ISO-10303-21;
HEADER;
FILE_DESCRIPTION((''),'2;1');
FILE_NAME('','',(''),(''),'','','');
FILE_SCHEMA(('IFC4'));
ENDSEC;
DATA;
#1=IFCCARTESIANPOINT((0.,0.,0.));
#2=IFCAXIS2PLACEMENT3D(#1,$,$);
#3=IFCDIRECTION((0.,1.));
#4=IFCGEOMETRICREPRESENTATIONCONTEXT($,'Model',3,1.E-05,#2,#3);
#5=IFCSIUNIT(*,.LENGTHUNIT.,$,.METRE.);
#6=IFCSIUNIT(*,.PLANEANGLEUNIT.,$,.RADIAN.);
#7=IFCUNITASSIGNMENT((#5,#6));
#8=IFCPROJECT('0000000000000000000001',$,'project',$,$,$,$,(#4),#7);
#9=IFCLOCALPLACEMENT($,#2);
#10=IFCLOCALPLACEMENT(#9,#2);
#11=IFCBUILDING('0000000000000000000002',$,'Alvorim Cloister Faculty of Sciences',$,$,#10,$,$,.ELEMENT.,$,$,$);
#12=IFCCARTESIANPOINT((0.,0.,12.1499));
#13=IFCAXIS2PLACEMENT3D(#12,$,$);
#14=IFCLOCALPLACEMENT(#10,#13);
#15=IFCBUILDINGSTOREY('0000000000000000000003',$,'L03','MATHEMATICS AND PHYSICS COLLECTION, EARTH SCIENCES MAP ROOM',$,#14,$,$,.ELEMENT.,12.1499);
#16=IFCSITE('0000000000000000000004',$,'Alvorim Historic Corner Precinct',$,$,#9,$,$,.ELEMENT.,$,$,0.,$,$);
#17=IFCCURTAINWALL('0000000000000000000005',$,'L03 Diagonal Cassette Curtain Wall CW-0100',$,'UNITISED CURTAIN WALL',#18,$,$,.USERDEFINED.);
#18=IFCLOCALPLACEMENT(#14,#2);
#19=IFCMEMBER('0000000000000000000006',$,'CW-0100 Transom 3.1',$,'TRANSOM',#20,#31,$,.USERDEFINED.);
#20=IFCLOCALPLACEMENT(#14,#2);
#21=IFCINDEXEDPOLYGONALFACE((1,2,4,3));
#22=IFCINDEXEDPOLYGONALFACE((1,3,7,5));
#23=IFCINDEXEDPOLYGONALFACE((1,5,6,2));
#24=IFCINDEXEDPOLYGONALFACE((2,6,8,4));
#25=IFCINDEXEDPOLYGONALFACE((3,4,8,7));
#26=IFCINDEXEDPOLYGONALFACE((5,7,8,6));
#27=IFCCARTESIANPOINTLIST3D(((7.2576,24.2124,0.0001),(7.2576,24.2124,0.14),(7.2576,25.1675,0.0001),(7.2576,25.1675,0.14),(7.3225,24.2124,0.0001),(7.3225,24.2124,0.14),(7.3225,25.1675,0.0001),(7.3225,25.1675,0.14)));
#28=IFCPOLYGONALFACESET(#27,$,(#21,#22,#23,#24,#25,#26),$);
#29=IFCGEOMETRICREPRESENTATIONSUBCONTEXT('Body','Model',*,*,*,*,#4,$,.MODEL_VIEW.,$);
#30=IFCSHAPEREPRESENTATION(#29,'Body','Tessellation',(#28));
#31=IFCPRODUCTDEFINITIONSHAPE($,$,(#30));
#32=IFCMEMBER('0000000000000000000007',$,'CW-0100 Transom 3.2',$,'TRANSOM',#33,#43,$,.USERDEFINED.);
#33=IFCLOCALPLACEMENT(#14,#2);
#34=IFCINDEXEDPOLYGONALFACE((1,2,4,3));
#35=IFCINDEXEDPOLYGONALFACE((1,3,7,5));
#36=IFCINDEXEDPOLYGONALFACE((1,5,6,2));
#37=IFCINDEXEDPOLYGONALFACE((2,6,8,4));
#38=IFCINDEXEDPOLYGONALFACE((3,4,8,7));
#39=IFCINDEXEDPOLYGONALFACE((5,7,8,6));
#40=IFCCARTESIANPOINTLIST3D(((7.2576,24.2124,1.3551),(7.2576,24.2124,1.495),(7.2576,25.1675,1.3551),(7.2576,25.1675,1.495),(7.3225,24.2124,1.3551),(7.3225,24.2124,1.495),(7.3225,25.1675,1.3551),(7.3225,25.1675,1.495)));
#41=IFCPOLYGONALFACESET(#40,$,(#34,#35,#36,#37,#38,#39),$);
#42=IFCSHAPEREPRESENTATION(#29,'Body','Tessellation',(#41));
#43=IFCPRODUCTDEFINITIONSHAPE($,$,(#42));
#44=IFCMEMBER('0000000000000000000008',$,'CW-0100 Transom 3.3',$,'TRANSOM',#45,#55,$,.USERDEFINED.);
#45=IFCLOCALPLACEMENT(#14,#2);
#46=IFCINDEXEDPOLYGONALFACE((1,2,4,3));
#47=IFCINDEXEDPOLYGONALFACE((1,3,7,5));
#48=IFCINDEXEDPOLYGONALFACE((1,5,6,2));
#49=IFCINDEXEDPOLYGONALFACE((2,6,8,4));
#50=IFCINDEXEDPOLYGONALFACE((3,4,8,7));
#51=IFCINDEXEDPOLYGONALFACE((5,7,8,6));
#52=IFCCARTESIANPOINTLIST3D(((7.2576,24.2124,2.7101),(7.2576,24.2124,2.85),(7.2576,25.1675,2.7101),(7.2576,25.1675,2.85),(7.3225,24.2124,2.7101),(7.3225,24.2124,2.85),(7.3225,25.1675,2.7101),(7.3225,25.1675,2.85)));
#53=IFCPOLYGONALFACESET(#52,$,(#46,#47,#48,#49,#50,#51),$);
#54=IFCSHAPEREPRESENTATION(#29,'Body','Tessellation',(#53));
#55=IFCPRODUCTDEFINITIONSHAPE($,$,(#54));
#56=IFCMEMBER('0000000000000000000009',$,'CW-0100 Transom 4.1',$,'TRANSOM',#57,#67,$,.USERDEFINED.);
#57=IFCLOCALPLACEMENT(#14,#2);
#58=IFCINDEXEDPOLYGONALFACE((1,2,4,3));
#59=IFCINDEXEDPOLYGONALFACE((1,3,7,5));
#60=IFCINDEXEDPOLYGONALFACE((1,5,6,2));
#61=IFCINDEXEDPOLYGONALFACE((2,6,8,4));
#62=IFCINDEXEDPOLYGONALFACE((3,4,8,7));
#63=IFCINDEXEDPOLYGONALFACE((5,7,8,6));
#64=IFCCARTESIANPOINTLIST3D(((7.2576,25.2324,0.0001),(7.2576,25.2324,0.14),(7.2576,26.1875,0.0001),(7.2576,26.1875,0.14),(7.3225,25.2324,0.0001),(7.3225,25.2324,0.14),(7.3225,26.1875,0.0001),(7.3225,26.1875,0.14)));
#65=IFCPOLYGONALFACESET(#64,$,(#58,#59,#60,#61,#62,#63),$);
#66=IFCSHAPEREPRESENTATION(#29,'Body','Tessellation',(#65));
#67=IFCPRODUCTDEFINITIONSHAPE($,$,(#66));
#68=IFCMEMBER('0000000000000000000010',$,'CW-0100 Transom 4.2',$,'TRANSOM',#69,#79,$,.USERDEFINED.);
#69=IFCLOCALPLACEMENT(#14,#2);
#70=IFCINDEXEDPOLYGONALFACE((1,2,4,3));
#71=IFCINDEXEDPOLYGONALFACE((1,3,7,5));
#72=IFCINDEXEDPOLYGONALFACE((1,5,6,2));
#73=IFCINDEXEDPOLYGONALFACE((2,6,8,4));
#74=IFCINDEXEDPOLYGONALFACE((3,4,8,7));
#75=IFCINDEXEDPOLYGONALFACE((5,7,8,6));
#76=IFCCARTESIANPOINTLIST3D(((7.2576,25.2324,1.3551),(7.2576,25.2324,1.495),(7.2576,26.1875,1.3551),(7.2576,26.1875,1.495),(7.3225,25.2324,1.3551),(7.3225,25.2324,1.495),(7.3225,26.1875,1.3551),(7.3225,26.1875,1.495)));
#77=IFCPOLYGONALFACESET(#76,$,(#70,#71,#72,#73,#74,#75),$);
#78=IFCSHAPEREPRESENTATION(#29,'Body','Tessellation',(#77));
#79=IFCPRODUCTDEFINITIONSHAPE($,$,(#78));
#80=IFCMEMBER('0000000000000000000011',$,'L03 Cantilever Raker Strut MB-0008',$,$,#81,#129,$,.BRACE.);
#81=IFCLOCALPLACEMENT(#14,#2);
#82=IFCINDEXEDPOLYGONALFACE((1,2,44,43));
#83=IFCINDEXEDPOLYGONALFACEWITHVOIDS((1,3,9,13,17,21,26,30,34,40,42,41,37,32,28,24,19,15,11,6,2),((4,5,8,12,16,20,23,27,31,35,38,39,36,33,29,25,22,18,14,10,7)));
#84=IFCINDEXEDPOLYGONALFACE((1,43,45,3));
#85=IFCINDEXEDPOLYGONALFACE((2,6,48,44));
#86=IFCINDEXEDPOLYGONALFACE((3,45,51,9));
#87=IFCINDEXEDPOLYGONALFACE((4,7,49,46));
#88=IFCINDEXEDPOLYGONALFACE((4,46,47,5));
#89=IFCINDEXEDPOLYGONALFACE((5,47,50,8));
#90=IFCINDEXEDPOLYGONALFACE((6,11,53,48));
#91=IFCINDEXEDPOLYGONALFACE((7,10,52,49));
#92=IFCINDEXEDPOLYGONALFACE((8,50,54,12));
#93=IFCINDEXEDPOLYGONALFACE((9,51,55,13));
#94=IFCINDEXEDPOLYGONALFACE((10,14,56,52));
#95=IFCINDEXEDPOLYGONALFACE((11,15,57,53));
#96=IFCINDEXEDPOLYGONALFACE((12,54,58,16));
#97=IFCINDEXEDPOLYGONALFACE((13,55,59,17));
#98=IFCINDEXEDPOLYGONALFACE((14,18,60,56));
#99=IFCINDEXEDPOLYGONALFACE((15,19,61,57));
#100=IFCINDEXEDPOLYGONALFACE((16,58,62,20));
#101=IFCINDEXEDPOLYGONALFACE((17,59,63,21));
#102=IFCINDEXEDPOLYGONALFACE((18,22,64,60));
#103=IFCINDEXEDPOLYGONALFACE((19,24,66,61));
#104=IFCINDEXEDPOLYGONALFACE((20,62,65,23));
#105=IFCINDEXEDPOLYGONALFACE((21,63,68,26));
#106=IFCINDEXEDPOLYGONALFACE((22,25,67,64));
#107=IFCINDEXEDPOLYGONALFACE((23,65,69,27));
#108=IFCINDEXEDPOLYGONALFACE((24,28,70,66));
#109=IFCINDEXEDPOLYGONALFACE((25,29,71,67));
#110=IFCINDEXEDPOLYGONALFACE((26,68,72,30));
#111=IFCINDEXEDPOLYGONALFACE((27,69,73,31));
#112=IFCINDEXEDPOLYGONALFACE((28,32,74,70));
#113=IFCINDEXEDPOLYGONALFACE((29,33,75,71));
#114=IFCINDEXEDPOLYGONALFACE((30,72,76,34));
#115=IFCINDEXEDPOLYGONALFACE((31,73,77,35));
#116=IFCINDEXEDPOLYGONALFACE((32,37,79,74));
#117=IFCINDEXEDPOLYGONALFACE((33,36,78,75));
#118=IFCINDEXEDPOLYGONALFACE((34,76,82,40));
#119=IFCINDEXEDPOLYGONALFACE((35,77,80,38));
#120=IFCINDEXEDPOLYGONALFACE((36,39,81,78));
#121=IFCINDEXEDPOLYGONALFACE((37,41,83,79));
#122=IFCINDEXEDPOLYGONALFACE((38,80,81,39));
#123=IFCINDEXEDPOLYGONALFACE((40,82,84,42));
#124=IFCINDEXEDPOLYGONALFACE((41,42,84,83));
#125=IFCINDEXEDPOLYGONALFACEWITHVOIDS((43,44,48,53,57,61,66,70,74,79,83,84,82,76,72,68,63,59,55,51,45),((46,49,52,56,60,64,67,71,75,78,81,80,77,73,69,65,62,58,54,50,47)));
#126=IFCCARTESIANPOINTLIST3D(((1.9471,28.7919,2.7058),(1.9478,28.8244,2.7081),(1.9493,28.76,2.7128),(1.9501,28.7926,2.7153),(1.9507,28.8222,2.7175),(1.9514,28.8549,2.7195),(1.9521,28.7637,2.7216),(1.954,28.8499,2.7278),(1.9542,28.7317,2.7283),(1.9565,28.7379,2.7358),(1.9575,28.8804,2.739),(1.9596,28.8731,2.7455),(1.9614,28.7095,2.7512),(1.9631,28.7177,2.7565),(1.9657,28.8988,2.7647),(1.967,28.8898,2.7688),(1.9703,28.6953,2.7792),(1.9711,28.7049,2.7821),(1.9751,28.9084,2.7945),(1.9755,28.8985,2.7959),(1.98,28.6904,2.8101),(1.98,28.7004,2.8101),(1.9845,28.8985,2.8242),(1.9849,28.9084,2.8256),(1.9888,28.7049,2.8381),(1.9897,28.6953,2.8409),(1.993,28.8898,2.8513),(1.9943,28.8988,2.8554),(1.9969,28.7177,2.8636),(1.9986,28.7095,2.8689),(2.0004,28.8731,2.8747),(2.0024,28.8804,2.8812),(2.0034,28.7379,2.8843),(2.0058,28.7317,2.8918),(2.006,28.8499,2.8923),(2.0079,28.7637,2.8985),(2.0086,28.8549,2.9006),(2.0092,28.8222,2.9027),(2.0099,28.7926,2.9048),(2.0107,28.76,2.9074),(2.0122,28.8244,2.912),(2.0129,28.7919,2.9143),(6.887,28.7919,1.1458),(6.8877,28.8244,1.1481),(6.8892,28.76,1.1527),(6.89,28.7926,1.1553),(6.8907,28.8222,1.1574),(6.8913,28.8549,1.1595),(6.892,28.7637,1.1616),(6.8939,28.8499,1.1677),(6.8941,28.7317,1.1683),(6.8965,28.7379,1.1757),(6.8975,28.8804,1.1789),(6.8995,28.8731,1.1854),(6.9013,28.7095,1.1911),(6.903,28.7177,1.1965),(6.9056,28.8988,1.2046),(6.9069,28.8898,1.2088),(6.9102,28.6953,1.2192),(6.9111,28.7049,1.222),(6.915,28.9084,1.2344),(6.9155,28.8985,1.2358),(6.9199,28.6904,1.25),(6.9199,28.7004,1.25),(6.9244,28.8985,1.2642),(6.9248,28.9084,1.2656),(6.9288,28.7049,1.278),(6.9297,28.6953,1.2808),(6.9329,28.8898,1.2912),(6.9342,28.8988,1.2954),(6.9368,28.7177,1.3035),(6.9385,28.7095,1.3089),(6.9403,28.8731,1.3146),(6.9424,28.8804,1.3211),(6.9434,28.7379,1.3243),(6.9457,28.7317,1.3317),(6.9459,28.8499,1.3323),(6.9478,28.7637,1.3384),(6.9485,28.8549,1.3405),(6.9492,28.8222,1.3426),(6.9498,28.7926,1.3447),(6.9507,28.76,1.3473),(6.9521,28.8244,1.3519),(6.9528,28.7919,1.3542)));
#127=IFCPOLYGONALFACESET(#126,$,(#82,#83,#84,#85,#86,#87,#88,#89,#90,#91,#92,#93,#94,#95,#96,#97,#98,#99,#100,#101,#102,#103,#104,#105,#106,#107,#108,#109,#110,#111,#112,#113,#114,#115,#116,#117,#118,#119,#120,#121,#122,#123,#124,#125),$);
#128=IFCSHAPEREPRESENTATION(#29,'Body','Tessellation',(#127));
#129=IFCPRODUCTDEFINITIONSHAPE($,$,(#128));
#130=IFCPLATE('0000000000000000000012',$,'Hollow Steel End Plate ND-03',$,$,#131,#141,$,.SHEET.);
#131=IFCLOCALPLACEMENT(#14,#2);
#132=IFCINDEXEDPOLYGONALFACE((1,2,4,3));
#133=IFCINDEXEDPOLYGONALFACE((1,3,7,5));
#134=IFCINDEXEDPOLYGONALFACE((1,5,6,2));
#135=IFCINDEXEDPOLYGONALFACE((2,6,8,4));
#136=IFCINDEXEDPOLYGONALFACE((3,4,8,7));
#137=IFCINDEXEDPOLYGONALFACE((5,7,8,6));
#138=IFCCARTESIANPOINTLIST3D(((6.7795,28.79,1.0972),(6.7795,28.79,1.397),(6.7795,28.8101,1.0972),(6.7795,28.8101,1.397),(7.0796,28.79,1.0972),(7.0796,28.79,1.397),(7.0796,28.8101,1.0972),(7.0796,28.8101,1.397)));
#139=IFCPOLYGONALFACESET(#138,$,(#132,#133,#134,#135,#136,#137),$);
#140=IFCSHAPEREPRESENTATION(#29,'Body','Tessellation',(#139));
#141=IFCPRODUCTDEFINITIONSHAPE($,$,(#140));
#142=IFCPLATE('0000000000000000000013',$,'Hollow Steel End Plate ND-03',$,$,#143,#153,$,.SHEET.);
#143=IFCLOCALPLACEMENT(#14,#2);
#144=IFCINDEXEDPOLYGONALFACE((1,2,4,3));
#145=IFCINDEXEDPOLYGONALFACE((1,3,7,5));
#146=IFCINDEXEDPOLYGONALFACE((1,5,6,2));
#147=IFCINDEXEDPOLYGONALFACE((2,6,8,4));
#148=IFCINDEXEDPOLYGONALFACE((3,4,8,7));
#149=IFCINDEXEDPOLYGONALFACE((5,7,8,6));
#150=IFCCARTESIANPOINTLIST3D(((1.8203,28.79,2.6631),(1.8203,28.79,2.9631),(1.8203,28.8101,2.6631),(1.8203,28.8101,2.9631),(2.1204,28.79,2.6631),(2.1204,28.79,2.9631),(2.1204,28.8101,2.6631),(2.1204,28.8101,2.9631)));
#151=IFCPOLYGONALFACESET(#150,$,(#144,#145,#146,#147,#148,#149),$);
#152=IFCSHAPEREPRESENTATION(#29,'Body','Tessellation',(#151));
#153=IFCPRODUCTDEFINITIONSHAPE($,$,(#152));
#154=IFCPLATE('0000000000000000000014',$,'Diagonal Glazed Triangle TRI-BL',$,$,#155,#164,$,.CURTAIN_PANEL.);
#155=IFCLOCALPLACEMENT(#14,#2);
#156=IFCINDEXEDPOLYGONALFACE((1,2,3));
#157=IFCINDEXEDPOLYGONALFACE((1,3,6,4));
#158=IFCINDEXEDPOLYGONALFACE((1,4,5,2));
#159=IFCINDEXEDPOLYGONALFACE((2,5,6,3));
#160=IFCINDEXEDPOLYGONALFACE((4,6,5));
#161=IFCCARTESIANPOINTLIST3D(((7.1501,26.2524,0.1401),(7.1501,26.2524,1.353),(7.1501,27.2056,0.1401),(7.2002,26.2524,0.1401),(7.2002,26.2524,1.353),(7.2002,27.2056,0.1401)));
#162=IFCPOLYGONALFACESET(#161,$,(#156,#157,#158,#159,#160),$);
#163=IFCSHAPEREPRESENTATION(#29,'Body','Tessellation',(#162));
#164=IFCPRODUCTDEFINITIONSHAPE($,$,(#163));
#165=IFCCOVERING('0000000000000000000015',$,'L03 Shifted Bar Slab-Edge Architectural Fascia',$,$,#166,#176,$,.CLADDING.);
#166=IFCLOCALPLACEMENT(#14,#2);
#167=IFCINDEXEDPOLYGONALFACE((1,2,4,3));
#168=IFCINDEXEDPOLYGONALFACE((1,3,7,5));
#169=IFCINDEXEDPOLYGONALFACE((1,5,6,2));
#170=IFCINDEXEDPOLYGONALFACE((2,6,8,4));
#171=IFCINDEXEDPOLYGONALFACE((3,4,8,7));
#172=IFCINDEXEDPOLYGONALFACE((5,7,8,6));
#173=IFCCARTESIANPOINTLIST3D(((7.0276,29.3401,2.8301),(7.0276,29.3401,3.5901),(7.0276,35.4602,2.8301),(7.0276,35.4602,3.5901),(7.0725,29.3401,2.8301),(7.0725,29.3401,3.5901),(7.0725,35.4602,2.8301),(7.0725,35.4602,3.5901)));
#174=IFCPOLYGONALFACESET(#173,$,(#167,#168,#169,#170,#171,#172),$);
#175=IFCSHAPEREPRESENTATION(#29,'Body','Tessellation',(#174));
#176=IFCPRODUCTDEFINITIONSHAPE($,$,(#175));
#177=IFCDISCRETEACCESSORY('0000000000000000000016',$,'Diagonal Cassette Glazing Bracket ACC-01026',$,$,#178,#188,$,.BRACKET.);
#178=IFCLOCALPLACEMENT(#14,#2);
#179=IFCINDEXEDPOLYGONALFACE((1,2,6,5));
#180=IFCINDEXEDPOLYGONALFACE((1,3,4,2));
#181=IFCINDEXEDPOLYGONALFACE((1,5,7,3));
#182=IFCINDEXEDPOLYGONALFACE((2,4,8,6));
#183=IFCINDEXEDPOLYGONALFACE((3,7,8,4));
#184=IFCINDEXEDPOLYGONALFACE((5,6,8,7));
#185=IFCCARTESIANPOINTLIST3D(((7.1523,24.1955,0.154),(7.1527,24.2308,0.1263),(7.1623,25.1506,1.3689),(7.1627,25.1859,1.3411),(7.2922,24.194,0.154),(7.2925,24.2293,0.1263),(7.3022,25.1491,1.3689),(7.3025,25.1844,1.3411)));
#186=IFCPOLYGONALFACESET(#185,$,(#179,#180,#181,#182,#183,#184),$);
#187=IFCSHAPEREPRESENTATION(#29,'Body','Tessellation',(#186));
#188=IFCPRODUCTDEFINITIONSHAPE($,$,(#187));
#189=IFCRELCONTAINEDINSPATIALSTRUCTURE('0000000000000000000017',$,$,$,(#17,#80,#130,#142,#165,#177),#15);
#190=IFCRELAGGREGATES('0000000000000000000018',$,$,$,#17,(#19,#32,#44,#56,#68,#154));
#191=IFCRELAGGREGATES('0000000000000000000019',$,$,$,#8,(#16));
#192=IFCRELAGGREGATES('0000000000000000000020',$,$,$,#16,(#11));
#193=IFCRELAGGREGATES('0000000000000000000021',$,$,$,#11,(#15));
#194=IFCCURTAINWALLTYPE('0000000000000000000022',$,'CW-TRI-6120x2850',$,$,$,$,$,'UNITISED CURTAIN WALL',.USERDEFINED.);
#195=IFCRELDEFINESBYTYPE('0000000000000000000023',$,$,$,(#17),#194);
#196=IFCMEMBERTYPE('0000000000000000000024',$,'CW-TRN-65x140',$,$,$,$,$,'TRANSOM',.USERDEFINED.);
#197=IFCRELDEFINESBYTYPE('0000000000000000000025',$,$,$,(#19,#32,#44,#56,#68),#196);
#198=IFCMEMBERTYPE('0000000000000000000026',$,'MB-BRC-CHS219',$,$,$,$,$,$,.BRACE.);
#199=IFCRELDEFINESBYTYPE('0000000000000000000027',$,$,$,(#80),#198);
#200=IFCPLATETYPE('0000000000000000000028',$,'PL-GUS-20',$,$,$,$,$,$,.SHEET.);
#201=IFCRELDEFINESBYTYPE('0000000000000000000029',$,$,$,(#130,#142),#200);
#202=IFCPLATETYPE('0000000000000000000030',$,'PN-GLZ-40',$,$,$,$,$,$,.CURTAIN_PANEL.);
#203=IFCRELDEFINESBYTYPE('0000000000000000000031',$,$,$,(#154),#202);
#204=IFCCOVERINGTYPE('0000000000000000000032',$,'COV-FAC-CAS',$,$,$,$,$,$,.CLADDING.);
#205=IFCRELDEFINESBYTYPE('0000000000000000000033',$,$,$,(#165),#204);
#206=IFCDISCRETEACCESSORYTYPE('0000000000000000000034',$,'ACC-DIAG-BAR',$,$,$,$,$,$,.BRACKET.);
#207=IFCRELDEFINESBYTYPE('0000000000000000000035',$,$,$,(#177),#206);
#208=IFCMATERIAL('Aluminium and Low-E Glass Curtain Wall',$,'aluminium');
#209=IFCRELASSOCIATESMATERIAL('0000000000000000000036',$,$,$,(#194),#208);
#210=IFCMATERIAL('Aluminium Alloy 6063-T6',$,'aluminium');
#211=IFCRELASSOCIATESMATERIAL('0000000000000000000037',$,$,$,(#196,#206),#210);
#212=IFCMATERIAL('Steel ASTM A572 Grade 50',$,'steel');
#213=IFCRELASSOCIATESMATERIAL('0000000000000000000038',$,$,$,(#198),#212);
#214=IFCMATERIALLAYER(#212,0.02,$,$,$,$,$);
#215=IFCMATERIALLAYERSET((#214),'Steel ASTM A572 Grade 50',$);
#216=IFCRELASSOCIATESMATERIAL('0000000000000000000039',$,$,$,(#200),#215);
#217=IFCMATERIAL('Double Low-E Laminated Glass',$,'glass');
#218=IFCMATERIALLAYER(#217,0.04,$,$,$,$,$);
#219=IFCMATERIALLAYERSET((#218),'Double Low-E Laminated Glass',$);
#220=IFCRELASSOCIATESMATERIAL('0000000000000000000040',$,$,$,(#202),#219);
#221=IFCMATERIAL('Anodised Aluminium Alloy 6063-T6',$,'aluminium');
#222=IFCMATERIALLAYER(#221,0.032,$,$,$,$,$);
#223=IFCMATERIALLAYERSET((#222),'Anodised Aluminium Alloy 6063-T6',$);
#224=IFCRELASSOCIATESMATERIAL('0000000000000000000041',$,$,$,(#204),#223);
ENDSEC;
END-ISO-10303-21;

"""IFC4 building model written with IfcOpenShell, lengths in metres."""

from ifc_helpers import new_model, si_unit, direction, frame, origin, origin_2d, place, context, subcontext, project, spatial, polyline, rectangle, hollow_circle, outline, extrude, material, layer, layer_set, material_profile, profile_set, type_object, element, aggregate, save


model = new_model("IFC4")

# Units and contexts
model_context = context("Model", 3, precision=1e-05, world=origin(), true_north=direction((0.0, 1.0)))
body_context = subcontext(model_context, "Body", "Model", "MODEL_VIEW")
ifc_project = project(units=[si_unit("LENGTHUNIT", "METRE"), si_unit("PLANEANGLEUNIT", "RADIAN")], contexts=[model_context])

# Site, building, storey
site_placement = place(None, origin())
site = spatial("IfcSite", under=ifc_project, at=site_placement, Name="Alvorim Historic Corner Precinct", CompositionType="ELEMENT", RefElevation=0.0)
building_placement = place(site_placement, origin())
building = spatial("IfcBuilding", under=site, at=building_placement, Name="Alvorim Cloister Faculty of Sciences", CompositionType="ELEMENT")
storey_placement = place(building_placement, frame((0.0, 0.0, 12.1499)))
storey = spatial("IfcBuildingStorey", under=building, at=storey_placement, Name="L03", Description="MATHEMATICS AND PHYSICS COLLECTION, EARTH SCIENCES MAP ROOM", CompositionType="ELEMENT", Elevation=12.1499)

# Shared definitions
ifc_material_1 = material(Name="Steel ASTM A572 Grade 50", Category="steel")

# Curtain wall, members
ifc_material_2 = material(Name="Aluminium and Low-E Glass Curtain Wall", Category="aluminium")
curtain_wall_type = type_object("IfcCurtainWallType", Name="CW-TRI-6120x2850", ElementType="UNITISED CURTAIN WALL", PredefinedType="USERDEFINED", material=ifc_material_2)
curtain_wall_placement = place(storey_placement, origin())
curtain_wall = element("IfcCurtainWall", 1, at=curtain_wall_placement, inside=storey, type_object=curtain_wall_type, Name="L03 Diagonal Cassette Curtain Wall CW-0100", ObjectType="UNITISED CURTAIN WALL", PredefinedType="USERDEFINED")
ifc_material_3 = material(Name="Aluminium Alloy 6063-T6", Category="aluminium")
ifc_material_profile_1 = material_profile(ifc_material_3, rectangle(XDim=0.0649, YDim=0.1399, at=origin_2d()), Name="ALU-TRN-65x140")
ifc_profile_set_1 = profile_set([ifc_material_profile_1], Name="Aluminium Alloy 6063-T6")
member_type_1 = type_object("IfcMemberType", Name="CW-TRN-65x140", ElementType="TRANSOM", PredefinedType="USERDEFINED", material=ifc_profile_set_1)
member_1_placement = place(storey_placement, frame((7.29, 24.2124, 0.0701), z_axis=(0.0, 1.0, 0.0), x_axis=(-1.0, 0.0, 0.0)))
member_1 = element("IfcMember", 2, at=member_1_placement, type_object=member_type_1, Name="CW-0100 Transom 3.1", ObjectType="TRANSOM", PredefinedType="USERDEFINED", context=body_context, shape_type="SweptSolid", body=[
    extrude(rectangle(XDim=0.0649, YDim=0.1399, at=origin_2d()), origin(), (0.0, 0.0, 1.0), 0.9551),
])
member_2_placement = place(storey_placement, frame((7.29, 24.2124, 1.425), z_axis=(0.0, 1.0, 0.0), x_axis=(-1.0, 0.0, 0.0)))
member_2 = element("IfcMember", 3, at=member_2_placement, type_object=member_type_1, Name="CW-0100 Transom 3.2", ObjectType="TRANSOM", PredefinedType="USERDEFINED", context=body_context, shape_type="SweptSolid", body=[
    extrude(rectangle(XDim=0.0649, YDim=0.1399, at=origin_2d()), origin(), (0.0, 0.0, 1.0), 0.9551),
])
member_3_placement = place(storey_placement, frame((7.29, 24.2124, 2.78), z_axis=(0.0, 1.0, 0.0), x_axis=(-1.0, 0.0, 0.0)))
member_3 = element("IfcMember", 4, at=member_3_placement, type_object=member_type_1, Name="CW-0100 Transom 3.3", ObjectType="TRANSOM", PredefinedType="USERDEFINED", context=body_context, shape_type="SweptSolid", body=[
    extrude(rectangle(XDim=0.0649, YDim=0.1399, at=origin_2d()), origin(), (0.0, 0.0, 1.0), 0.9551),
])
member_4_placement = place(storey_placement, frame((7.29, 25.2324, 0.0701), z_axis=(0.0, 1.0, 0.0), x_axis=(-1.0, 0.0, 0.0)))
member_4 = element("IfcMember", 5, at=member_4_placement, type_object=member_type_1, Name="CW-0100 Transom 4.1", ObjectType="TRANSOM", PredefinedType="USERDEFINED", context=body_context, shape_type="SweptSolid", body=[
    extrude(rectangle(XDim=0.0649, YDim=0.1399, at=origin_2d()), origin(), (0.0, 0.0, 1.0), 0.9551),
])
member_5_placement = place(storey_placement, frame((7.29, 25.2324, 1.425), z_axis=(0.0, 1.0, 0.0), x_axis=(-1.0, 0.0, 0.0)))
member_5 = element("IfcMember", 6, at=member_5_placement, type_object=member_type_1, Name="CW-0100 Transom 4.2", ObjectType="TRANSOM", PredefinedType="USERDEFINED", context=body_context, shape_type="SweptSolid", body=[
    extrude(rectangle(XDim=0.0649, YDim=0.1399, at=origin_2d()), origin(), (0.0, 0.0, 1.0), 0.9551),
])

# Member
ifc_material_profile_2 = material_profile(ifc_material_1, hollow_circle(Radius=0.1096, WallThickness=0.01, at=origin_2d()), Name="CHS219.1x10")
ifc_profile_set_2 = profile_set([ifc_material_profile_2], Name="Steel ASTM A572 Grade 50")
member_type_2 = type_object("IfcMemberType", Name="MB-BRC-CHS219", PredefinedType="BRACE", material=ifc_profile_set_2)
member_6_placement = place(storey_placement, frame((6.9199, 28.8, 1.25), z_axis=(-0.953578, 0.0, 0.301145), x_axis=(0.0, -1.0, 0.0)))
element("IfcMember", 7, at=member_6_placement, inside=storey, type_object=member_type_2, Name="L03 Cantilever Raker Strut MB-0008", PredefinedType="BRACE", context=body_context, shape_type="SweptSolid", body=[
    extrude(hollow_circle(Radius=0.1096, WallThickness=0.01, at=origin_2d()), origin(), (0.0, 0.0, 1.0), 5.1804),
])

# Plates
ifc_layer_1 = layer(ifc_material_1, 0.02)
ifc_layer_set_1 = layer_set([ifc_layer_1], Name="Steel ASTM A572 Grade 50")
plate_type_1 = type_object("IfcPlateType", Name="PL-GUS-20", PredefinedType="SHEET", material=ifc_layer_set_1)
plate_1_placement = place(storey_placement, frame((7.0796, 28.8, 1.0972), z_axis=(0.0, 0.0, 1.0), x_axis=(-1.0, 0.0, 0.0)))
element("IfcPlate", 8, at=plate_1_placement, inside=storey, type_object=plate_type_1, Name="Hollow Steel End Plate ND-03", PredefinedType="SHEET", context=body_context, shape_type="SweptSolid", body=[
    extrude(outline(polyline([(0.0, 0.0), (0.3, 0.0), (0.3, 0.2998), (0.0, 0.2998), (0.0, 0.0)])), frame((0.0, 0.01, 0.0), z_axis=(0.0, -1.0, 0.0), x_axis=(1.0, 0.0, 0.0)), (0.0, 0.0, 1.0), 0.02),
])
plate_2_placement = place(storey_placement, frame((2.1204, 28.8, 2.6631), z_axis=(0.0, 0.0, 1.0), x_axis=(-1.0, 0.0, 0.0)))
element("IfcPlate", 9, at=plate_2_placement, inside=storey, type_object=plate_type_1, Name="Hollow Steel End Plate ND-03", PredefinedType="SHEET", context=body_context, shape_type="SweptSolid", body=[
    extrude(outline(polyline([(0.0, 0.0), (0.3, 0.0), (0.3, 0.3), (0.0, 0.3), (0.0, 0.0)])), frame((0.0, 0.01, 0.0), z_axis=(0.0, -1.0, 0.0), x_axis=(1.0, 0.0, 0.0)), (0.0, 0.0, 1.0), 0.02),
])

# Plate
ifc_material_4 = material(Name="Double Low-E Laminated Glass", Category="glass")
ifc_layer_2 = layer(ifc_material_4, 0.04)
ifc_layer_set_2 = layer_set([ifc_layer_2], Name="Double Low-E Laminated Glass")
plate_type_2 = type_object("IfcPlateType", Name="PN-GLZ-40", PredefinedType="CURTAIN_PANEL", material=ifc_layer_set_2)
plate_3_placement = place(storey_placement, frame((7.175, 26.2524, 0.1401), z_axis=(0.0, 0.0, 1.0), x_axis=(0.0, 1.0, 0.0)))
plate_3 = element("IfcPlate", 10, at=plate_3_placement, type_object=plate_type_2, Name="Diagonal Glazed Triangle TRI-BL", PredefinedType="CURTAIN_PANEL", context=body_context, shape_type="SweptSolid", body=[
    extrude(outline(polyline([(0.0, 0.0), (0.9531, 0.0), (0.0, 1.2129), (0.0, 0.0)])), frame((0.0, 0.0249, 0.0), z_axis=(0.0, -1.0, 0.0), x_axis=(1.0, 0.0, 0.0)), (0.0, 0.0, 1.0), 0.05),
])
aggregate(curtain_wall, [member_1, member_2, member_3, member_4, member_5, plate_3])

# Covering
ifc_material_5 = material(Name="Anodised Aluminium Alloy 6063-T6", Category="aluminium")
ifc_layer_3 = layer(ifc_material_5, 0.032)
ifc_layer_set_3 = layer_set([ifc_layer_3], Name="Anodised Aluminium Alloy 6063-T6")
covering_type = type_object("IfcCoveringType", Name="COV-FAC-CAS", PredefinedType="CLADDING", material=ifc_layer_set_3)
covering_placement = place(storey_placement, frame((7.05, 29.3401, 2.8301), z_axis=(0.0, 0.0, 1.0), x_axis=(0.0, 1.0, 0.0)))
element("IfcCovering", 11, at=covering_placement, inside=storey, type_object=covering_type, Name="L03 Shifted Bar Slab-Edge Architectural Fascia", PredefinedType="CLADDING", context=body_context, shape_type="SweptSolid", body=[
    extrude(outline(polyline([(0.0, 0.0), (6.1201, 0.0), (6.1201, 0.76), (0.0, 0.76), (0.0, 0.0)])), frame((0.0, 0.0225, 0.0), z_axis=(0.0, -1.0, 0.0), x_axis=(1.0, 0.0, 0.0)), (0.0, 0.0, 1.0), 0.0449),
])

# Discrete accessory
discrete_accessory_type = type_object("IfcDiscreteAccessoryType", Name="ACC-DIAG-BAR", PredefinedType="BRACKET", material=ifc_material_3)
discrete_accessory_1_placement = place(storey_placement, frame((7.2224, 24.2124, 0.1401), z_axis=(0.006477, 0.618032, 0.786126), x_axis=(-0.999945, 0.01048, 0.0)))
element("IfcDiscreteAccessory", 12, at=discrete_accessory_1_placement, inside=storey, type_object=discrete_accessory_type, Name="Diagonal Cassette Glazing Bracket ACC-01026", PredefinedType="BRACKET", context=body_context, shape_type="SweptSolid", body=[
    extrude(rectangle(XDim=0.1399, YDim=0.0449, at=origin_2d()), origin(), (0.0, 0.0, 1.0), 1.5454),
])

save(model, "model.ifc")
